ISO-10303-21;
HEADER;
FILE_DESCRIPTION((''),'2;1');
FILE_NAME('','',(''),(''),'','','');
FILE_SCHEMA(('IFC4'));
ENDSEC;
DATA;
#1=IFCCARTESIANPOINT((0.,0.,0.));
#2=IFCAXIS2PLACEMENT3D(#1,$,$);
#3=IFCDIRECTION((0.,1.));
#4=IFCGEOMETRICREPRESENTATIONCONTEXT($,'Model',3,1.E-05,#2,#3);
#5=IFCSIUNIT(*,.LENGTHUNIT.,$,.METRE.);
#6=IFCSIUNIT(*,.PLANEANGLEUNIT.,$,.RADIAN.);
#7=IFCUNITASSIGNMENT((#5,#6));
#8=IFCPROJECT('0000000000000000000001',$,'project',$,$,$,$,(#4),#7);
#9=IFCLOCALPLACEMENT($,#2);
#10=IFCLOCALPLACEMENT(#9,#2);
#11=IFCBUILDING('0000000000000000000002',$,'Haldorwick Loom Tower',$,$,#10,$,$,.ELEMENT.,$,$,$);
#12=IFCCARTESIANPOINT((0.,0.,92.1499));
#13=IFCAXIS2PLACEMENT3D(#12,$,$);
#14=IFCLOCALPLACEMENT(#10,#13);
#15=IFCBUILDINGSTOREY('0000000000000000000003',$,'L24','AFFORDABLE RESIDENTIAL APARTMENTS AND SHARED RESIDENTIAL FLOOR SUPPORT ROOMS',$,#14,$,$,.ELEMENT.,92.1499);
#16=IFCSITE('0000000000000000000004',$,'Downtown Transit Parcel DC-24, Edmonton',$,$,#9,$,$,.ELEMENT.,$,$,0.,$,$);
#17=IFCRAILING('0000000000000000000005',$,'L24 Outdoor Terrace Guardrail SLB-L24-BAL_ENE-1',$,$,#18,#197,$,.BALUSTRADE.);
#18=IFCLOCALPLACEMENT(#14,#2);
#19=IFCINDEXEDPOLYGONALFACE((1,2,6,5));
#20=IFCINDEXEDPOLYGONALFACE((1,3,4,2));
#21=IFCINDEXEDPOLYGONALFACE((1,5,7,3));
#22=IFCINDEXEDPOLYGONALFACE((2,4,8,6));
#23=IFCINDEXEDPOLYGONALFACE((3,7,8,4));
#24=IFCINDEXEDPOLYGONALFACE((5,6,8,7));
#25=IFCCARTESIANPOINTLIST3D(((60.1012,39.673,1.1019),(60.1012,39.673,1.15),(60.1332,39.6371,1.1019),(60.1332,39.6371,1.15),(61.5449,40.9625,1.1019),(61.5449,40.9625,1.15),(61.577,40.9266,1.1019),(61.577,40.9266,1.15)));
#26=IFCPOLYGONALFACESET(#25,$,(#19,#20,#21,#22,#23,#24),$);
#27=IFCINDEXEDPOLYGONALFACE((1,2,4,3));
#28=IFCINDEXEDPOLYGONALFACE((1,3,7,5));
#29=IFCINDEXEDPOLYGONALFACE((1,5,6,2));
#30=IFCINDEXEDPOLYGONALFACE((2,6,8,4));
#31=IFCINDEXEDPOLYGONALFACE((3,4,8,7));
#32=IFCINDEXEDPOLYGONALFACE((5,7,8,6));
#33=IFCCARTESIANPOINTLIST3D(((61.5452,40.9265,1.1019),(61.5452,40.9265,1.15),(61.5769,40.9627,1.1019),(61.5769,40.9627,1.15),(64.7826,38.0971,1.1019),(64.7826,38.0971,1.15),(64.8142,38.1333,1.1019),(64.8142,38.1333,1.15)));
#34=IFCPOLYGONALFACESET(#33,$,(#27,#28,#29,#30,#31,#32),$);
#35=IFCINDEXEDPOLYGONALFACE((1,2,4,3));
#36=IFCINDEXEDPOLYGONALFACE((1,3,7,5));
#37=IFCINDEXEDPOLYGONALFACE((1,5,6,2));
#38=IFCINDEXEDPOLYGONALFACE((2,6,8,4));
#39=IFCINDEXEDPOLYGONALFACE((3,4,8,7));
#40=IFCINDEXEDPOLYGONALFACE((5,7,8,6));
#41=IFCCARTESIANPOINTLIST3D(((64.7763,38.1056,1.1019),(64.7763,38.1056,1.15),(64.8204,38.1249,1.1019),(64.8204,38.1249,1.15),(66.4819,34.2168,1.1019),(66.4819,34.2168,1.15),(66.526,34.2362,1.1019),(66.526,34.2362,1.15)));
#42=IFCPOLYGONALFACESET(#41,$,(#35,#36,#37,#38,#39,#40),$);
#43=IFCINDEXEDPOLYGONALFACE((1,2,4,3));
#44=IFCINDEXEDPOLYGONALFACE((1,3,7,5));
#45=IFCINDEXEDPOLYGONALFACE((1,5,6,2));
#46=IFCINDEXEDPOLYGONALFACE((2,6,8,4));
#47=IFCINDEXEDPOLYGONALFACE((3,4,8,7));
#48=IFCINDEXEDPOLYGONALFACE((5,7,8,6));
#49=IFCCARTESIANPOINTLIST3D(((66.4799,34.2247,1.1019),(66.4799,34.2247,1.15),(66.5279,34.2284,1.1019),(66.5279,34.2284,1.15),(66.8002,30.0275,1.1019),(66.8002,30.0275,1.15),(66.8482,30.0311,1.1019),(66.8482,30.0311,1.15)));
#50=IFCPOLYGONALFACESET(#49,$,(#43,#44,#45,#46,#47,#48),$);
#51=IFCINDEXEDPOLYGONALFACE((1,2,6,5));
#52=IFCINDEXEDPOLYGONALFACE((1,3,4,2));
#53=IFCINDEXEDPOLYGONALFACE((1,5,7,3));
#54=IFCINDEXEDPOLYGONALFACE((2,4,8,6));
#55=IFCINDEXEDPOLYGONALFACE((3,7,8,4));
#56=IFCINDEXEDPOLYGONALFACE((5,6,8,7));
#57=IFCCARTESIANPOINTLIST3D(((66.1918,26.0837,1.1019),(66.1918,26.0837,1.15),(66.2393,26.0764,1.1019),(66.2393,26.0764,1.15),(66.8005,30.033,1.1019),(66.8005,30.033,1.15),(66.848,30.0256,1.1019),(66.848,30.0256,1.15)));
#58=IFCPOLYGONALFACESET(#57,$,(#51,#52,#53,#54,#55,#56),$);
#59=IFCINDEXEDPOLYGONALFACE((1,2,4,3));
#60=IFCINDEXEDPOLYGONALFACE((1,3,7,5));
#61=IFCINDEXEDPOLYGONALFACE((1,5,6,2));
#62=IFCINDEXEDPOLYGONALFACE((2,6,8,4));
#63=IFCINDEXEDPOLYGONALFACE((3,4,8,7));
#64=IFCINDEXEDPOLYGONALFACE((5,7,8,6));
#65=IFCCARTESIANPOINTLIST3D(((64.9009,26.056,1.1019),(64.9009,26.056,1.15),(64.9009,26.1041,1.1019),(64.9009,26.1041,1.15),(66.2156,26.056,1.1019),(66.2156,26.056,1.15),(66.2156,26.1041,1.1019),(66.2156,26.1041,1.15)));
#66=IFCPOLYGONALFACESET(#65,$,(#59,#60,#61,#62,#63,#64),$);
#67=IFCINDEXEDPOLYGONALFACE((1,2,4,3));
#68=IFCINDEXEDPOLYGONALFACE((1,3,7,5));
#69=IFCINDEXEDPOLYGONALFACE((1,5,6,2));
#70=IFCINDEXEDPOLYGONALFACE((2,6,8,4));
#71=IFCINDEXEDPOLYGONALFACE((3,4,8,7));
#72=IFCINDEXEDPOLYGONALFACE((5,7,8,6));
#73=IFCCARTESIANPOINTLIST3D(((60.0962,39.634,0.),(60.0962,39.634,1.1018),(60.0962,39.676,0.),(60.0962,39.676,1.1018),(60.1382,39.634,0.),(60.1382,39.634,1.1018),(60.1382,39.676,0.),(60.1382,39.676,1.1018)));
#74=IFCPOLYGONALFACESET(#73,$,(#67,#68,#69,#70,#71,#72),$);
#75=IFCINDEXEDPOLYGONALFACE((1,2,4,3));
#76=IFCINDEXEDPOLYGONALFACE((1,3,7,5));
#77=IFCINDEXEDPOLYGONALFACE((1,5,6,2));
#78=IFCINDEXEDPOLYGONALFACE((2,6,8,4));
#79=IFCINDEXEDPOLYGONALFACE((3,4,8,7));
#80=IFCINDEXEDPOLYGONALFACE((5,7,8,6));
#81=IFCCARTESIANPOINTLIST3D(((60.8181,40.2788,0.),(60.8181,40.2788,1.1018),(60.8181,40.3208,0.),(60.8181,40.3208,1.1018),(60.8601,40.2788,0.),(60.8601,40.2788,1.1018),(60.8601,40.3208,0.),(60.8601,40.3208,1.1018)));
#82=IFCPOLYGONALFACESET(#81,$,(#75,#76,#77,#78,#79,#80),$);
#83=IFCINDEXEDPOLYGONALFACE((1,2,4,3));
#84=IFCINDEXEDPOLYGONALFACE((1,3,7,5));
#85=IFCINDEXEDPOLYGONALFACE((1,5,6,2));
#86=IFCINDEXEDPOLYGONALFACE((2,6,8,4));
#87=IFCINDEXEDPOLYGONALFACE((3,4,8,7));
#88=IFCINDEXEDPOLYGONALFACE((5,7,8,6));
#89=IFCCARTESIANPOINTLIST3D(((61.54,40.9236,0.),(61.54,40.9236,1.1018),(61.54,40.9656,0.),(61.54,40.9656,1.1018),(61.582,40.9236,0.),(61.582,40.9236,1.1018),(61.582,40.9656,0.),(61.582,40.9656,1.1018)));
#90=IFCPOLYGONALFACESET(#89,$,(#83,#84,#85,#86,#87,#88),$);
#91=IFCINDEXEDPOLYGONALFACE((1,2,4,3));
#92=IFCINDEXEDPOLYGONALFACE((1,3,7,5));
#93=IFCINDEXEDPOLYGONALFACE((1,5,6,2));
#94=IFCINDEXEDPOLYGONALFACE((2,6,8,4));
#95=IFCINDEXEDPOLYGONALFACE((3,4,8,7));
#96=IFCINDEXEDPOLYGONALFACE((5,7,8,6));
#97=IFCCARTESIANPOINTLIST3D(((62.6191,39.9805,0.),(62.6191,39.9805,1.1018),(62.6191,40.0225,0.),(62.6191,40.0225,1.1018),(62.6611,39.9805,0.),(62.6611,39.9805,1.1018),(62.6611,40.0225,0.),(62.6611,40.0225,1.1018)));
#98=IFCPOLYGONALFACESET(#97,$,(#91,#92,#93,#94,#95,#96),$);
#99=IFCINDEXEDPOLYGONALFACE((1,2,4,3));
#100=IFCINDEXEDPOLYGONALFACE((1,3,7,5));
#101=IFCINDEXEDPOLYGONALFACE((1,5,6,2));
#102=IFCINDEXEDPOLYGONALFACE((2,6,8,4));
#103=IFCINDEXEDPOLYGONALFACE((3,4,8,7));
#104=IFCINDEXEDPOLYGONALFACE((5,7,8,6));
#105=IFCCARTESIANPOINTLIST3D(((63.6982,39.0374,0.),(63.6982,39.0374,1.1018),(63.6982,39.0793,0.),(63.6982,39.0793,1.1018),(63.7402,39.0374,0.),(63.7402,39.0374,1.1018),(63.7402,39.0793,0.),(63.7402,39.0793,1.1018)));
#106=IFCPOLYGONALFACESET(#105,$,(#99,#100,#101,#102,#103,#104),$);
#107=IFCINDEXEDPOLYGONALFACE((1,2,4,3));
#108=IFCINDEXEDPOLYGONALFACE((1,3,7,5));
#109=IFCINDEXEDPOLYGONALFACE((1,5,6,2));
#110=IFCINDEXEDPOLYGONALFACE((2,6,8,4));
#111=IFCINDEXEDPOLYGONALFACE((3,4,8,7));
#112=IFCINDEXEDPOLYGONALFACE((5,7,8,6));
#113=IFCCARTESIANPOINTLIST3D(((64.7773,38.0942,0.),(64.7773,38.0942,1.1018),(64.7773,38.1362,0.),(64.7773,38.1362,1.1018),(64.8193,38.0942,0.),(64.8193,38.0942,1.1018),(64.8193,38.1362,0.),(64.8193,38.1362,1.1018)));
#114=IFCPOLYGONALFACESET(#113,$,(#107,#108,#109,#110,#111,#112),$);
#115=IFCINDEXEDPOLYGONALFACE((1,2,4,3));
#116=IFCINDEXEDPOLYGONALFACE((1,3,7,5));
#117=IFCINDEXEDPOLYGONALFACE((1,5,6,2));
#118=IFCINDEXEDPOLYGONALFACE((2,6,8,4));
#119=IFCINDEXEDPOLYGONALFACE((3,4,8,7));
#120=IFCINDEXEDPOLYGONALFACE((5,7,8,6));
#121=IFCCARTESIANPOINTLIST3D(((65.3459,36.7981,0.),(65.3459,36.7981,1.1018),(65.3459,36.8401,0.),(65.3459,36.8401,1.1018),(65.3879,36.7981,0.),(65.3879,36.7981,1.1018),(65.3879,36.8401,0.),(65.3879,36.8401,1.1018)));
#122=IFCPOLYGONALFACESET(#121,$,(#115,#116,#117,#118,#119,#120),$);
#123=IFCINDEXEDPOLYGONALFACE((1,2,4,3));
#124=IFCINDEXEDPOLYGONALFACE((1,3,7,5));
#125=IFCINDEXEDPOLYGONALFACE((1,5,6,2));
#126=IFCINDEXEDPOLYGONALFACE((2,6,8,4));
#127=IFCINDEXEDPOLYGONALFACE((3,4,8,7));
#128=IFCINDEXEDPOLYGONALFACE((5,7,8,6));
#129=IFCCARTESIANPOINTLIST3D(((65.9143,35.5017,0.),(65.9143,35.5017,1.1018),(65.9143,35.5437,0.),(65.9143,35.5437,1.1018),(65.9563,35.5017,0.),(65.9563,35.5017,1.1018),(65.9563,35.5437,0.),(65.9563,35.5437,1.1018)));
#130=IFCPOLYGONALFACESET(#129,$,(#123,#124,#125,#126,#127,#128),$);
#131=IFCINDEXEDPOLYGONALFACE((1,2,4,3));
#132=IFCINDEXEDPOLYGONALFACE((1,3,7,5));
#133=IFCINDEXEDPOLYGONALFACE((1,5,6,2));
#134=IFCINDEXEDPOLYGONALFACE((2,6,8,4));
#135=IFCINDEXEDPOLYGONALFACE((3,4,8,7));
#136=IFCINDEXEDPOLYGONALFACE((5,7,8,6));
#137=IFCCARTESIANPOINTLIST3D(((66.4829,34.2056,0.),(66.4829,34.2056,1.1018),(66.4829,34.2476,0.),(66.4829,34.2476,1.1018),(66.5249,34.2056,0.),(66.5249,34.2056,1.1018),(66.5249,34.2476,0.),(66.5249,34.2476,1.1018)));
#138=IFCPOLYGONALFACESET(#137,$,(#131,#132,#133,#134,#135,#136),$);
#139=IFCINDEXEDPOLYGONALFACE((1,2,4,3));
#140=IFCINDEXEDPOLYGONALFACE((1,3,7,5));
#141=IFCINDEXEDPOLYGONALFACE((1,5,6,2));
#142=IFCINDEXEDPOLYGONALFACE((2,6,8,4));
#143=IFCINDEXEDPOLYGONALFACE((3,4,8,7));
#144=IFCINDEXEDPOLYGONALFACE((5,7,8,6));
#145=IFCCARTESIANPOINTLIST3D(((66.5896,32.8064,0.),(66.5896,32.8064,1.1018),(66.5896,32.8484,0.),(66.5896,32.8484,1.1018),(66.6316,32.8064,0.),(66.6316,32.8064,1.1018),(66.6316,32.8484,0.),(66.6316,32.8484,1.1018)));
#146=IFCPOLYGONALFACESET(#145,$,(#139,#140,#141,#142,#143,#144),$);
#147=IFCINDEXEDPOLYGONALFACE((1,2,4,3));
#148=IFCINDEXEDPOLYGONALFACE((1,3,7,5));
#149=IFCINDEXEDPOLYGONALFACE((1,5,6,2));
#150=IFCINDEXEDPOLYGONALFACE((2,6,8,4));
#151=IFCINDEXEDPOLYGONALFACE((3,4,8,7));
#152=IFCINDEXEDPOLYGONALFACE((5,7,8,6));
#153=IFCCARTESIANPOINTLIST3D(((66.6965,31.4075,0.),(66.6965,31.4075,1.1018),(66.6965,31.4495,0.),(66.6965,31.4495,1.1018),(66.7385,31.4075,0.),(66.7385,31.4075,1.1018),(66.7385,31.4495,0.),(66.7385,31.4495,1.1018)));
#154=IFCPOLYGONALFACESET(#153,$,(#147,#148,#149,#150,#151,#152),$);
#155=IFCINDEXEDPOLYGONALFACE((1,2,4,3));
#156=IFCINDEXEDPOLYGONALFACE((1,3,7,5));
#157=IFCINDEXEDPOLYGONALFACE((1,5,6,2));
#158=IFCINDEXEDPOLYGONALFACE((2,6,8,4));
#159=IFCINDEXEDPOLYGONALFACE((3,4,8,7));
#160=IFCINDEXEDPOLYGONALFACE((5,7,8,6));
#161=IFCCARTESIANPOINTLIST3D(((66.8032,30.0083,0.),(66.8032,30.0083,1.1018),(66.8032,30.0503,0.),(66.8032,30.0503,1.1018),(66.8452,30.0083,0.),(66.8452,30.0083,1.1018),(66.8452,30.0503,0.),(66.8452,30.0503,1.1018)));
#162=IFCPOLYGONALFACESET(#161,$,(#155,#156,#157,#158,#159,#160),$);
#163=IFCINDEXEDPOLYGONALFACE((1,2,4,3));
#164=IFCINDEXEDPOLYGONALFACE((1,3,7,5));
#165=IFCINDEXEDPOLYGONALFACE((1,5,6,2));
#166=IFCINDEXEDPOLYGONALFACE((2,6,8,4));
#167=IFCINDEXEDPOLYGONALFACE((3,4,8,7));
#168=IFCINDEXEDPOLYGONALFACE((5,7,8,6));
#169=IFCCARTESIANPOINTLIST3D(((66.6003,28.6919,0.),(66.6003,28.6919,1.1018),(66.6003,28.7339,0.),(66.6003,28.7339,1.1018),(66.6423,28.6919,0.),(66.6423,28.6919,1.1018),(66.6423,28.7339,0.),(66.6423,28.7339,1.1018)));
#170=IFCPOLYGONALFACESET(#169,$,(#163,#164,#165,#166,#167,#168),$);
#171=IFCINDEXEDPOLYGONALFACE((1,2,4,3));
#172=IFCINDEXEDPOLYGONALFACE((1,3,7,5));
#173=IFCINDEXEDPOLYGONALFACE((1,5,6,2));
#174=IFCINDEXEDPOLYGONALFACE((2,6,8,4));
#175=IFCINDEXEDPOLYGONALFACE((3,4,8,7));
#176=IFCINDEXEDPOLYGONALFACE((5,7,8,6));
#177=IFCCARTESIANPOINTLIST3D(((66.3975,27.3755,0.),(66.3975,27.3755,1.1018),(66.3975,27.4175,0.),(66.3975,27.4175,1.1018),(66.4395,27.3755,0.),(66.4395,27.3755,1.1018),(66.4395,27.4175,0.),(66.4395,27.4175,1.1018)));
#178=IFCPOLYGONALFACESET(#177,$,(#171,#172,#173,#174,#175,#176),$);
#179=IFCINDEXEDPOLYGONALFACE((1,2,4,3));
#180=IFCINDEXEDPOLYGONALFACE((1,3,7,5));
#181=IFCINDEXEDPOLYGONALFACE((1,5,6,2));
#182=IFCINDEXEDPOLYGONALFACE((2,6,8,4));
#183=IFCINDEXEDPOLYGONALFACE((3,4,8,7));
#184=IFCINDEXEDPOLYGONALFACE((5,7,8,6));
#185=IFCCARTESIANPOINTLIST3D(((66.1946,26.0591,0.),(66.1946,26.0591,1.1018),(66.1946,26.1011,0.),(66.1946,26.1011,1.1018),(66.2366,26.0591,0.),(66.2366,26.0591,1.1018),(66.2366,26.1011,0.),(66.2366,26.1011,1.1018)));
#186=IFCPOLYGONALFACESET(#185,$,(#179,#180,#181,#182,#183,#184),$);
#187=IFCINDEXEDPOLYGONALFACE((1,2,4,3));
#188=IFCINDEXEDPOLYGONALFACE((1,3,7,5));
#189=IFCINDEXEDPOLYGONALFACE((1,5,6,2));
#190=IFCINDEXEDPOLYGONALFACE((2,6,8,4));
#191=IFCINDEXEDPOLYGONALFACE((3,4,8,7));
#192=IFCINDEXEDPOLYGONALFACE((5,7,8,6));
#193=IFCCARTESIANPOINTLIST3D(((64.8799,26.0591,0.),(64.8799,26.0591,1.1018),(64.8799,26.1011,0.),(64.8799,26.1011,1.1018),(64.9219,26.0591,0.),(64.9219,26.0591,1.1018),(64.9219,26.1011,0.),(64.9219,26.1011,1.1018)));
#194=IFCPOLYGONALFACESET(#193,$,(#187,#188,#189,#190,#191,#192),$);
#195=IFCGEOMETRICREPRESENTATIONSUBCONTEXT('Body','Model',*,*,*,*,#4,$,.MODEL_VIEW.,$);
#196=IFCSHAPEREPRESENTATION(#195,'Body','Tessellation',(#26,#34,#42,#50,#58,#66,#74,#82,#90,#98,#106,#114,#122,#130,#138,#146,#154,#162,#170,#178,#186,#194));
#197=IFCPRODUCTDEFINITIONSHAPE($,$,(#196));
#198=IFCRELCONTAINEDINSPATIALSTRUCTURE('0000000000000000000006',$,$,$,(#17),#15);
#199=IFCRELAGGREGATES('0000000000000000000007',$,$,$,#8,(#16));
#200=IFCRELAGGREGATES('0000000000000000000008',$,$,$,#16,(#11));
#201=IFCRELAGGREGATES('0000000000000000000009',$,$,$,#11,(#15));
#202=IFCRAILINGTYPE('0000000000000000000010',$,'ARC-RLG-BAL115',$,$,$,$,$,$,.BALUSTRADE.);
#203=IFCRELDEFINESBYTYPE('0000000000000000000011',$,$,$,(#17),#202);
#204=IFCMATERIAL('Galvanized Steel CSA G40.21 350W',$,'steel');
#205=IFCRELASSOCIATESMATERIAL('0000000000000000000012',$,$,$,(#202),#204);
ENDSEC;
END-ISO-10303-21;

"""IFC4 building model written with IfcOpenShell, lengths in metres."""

from ifc_helpers import new_model, si_unit, direction, frame, origin, origin_2d, place, context, subcontext, project, spatial, rectangle, extrude, material, type_object, element, save


model = new_model("IFC4")

# Units and contexts
model_context = context("Model", 3, precision=1e-05, world=origin(), true_north=direction((0.0, 1.0)))
body_context = subcontext(model_context, "Body", "Model", "MODEL_VIEW")
ifc_project = project(units=[si_unit("LENGTHUNIT", "METRE"), si_unit("PLANEANGLEUNIT", "RADIAN")], contexts=[model_context])

# Site, building, storey
site_placement = place(None, origin())
site = spatial("IfcSite", under=ifc_project, at=site_placement, Name="Downtown Transit Parcel DC-24, Edmonton", CompositionType="ELEMENT", RefElevation=0.0)
building_placement = place(site_placement, origin())
building = spatial("IfcBuilding", under=site, at=building_placement, Name="Haldorwick Loom Tower", CompositionType="ELEMENT")
storey_placement = place(building_placement, frame((0.0, 0.0, 92.1499)))
storey = spatial("IfcBuildingStorey", under=building, at=storey_placement, Name="L24", Description="AFFORDABLE RESIDENTIAL APARTMENTS AND SHARED RESIDENTIAL FLOOR SUPPORT ROOMS", CompositionType="ELEMENT", Elevation=92.1499)

# Railing
ifc_material_1 = material(Name="Galvanized Steel CSA G40.21 350W", Category="steel")
railing_type = type_object("IfcRailingType", Name="ARC-RLG-BAL115", PredefinedType="BALUSTRADE", material=ifc_material_1)
railing_placement = place(storey_placement, frame((60.1172, 39.655, 0.0)))
element("IfcRailing", 1, at=railing_placement, inside=storey, type_object=railing_type, Name="L24 Outdoor Terrace Guardrail SLB-L24-BAL_ENE-1", PredefinedType="BALUSTRADE", context=body_context, shape_type="SweptSolid", body=[
    extrude(rectangle(XDim=0.0481, YDim=0.0481, at=origin_2d()), frame((0.0, 0.0, 1.126), z_axis=(0.745835, 0.666131, 0.0), x_axis=(-0.666131, 0.745835, 0.0)), (0.0, 0.0, 1.0), 1.9358),
    extrude(rectangle(XDim=0.0481, YDim=0.0481, at=origin_2d()), frame((1.4438, 1.2896, 1.126), z_axis=(0.752956, -0.65807, 0.0), x_axis=(0.65807, 0.752956, 0.0)), (0.0, 0.0, 1.0), 4.2996),
    extrude(rectangle(XDim=0.0481, YDim=0.0481, at=origin_2d()), frame((4.6812, -1.5398, 1.126), z_axis=(0.401663, -0.915787, 0.0), x_axis=(0.915787, 0.401663, 0.0)), (0.0, 0.0, 1.0), 4.2463),
    extrude(rectangle(XDim=0.0481, YDim=0.0481, at=origin_2d()), frame((6.3867, -5.4285, 1.126), z_axis=(0.076093, -0.997101, 0.0), x_axis=(0.997101, 0.076093, 0.0)), (0.0, 0.0, 1.0), 4.2095),
    extrude(rectangle(XDim=0.0481, YDim=0.0481, at=origin_2d()), frame((6.707, -9.6257, 1.126), z_axis=(-0.152319, -0.988331, 0.0), x_axis=(0.988331, -0.152319, 0.0)), (0.0, 0.0, 1.0), 3.9958),
    extrude(rectangle(XDim=0.0481, YDim=0.0481, at=origin_2d()), frame((6.0984, -13.575, 1.126), z_axis=(-1.0, 0.0, 0.0), x_axis=(0.0, -1.0, 0.0)), (0.0, 0.0, 1.0), 1.3147),
    extrude(rectangle(XDim=0.042, YDim=0.042, at=origin_2d()), origin(), (0.0, 0.0, 1.0), 1.1018),
    extrude(rectangle(XDim=0.042, YDim=0.042, at=origin_2d()), frame((0.7219, 0.6448, 0.0)), (0.0, 0.0, 1.0), 1.1018),
    extrude(rectangle(XDim=0.042, YDim=0.042, at=origin_2d()), frame((1.4438, 1.2896, 0.0)), (0.0, 0.0, 1.0), 1.1018),
    extrude(rectangle(XDim=0.042, YDim=0.042, at=origin_2d()), frame((2.5229, 0.3464, 0.0)), (0.0, 0.0, 1.0), 1.1018),
    extrude(rectangle(XDim=0.042, YDim=0.042, at=origin_2d()), frame((3.6021, -0.5967, 0.0)), (0.0, 0.0, 1.0), 1.1018),
    extrude(rectangle(XDim=0.042, YDim=0.042, at=origin_2d()), frame((4.6812, -1.5398, 0.0)), (0.0, 0.0, 1.0), 1.1018),
    extrude(rectangle(XDim=0.042, YDim=0.042, at=origin_2d()), frame((5.2498, -2.8359, 0.0)), (0.0, 0.0, 1.0), 1.1018),
    extrude(rectangle(XDim=0.042, YDim=0.042, at=origin_2d()), frame((5.8181, -4.1323, 0.0)), (0.0, 0.0, 1.0), 1.1018),
    extrude(rectangle(XDim=0.042, YDim=0.042, at=origin_2d()), frame((6.3867, -5.4285, 0.0)), (0.0, 0.0, 1.0), 1.1018),
    extrude(rectangle(XDim=0.042, YDim=0.042, at=origin_2d()), frame((6.4934, -6.8276, 0.0)), (0.0, 0.0, 1.0), 1.1018),
    extrude(rectangle(XDim=0.042, YDim=0.042, at=origin_2d()), frame((6.6003, -8.2266, 0.0)), (0.0, 0.0, 1.0), 1.1018),
    extrude(rectangle(XDim=0.042, YDim=0.042, at=origin_2d()), frame((6.707, -9.6257, 0.0)), (0.0, 0.0, 1.0), 1.1018),
    extrude(rectangle(XDim=0.042, YDim=0.042, at=origin_2d()), frame((6.5042, -10.9421, 0.0)), (0.0, 0.0, 1.0), 1.1018),
    extrude(rectangle(XDim=0.042, YDim=0.042, at=origin_2d()), frame((6.3013, -12.2585, 0.0)), (0.0, 0.0, 1.0), 1.1018),
    extrude(rectangle(XDim=0.042, YDim=0.042, at=origin_2d()), frame((6.0984, -13.575, 0.0)), (0.0, 0.0, 1.0), 1.1018),
    extrude(rectangle(XDim=0.042, YDim=0.042, at=origin_2d()), frame((4.7837, -13.575, 0.0)), (0.0, 0.0, 1.0), 1.1018),
])

save(model, "model.ifc")
